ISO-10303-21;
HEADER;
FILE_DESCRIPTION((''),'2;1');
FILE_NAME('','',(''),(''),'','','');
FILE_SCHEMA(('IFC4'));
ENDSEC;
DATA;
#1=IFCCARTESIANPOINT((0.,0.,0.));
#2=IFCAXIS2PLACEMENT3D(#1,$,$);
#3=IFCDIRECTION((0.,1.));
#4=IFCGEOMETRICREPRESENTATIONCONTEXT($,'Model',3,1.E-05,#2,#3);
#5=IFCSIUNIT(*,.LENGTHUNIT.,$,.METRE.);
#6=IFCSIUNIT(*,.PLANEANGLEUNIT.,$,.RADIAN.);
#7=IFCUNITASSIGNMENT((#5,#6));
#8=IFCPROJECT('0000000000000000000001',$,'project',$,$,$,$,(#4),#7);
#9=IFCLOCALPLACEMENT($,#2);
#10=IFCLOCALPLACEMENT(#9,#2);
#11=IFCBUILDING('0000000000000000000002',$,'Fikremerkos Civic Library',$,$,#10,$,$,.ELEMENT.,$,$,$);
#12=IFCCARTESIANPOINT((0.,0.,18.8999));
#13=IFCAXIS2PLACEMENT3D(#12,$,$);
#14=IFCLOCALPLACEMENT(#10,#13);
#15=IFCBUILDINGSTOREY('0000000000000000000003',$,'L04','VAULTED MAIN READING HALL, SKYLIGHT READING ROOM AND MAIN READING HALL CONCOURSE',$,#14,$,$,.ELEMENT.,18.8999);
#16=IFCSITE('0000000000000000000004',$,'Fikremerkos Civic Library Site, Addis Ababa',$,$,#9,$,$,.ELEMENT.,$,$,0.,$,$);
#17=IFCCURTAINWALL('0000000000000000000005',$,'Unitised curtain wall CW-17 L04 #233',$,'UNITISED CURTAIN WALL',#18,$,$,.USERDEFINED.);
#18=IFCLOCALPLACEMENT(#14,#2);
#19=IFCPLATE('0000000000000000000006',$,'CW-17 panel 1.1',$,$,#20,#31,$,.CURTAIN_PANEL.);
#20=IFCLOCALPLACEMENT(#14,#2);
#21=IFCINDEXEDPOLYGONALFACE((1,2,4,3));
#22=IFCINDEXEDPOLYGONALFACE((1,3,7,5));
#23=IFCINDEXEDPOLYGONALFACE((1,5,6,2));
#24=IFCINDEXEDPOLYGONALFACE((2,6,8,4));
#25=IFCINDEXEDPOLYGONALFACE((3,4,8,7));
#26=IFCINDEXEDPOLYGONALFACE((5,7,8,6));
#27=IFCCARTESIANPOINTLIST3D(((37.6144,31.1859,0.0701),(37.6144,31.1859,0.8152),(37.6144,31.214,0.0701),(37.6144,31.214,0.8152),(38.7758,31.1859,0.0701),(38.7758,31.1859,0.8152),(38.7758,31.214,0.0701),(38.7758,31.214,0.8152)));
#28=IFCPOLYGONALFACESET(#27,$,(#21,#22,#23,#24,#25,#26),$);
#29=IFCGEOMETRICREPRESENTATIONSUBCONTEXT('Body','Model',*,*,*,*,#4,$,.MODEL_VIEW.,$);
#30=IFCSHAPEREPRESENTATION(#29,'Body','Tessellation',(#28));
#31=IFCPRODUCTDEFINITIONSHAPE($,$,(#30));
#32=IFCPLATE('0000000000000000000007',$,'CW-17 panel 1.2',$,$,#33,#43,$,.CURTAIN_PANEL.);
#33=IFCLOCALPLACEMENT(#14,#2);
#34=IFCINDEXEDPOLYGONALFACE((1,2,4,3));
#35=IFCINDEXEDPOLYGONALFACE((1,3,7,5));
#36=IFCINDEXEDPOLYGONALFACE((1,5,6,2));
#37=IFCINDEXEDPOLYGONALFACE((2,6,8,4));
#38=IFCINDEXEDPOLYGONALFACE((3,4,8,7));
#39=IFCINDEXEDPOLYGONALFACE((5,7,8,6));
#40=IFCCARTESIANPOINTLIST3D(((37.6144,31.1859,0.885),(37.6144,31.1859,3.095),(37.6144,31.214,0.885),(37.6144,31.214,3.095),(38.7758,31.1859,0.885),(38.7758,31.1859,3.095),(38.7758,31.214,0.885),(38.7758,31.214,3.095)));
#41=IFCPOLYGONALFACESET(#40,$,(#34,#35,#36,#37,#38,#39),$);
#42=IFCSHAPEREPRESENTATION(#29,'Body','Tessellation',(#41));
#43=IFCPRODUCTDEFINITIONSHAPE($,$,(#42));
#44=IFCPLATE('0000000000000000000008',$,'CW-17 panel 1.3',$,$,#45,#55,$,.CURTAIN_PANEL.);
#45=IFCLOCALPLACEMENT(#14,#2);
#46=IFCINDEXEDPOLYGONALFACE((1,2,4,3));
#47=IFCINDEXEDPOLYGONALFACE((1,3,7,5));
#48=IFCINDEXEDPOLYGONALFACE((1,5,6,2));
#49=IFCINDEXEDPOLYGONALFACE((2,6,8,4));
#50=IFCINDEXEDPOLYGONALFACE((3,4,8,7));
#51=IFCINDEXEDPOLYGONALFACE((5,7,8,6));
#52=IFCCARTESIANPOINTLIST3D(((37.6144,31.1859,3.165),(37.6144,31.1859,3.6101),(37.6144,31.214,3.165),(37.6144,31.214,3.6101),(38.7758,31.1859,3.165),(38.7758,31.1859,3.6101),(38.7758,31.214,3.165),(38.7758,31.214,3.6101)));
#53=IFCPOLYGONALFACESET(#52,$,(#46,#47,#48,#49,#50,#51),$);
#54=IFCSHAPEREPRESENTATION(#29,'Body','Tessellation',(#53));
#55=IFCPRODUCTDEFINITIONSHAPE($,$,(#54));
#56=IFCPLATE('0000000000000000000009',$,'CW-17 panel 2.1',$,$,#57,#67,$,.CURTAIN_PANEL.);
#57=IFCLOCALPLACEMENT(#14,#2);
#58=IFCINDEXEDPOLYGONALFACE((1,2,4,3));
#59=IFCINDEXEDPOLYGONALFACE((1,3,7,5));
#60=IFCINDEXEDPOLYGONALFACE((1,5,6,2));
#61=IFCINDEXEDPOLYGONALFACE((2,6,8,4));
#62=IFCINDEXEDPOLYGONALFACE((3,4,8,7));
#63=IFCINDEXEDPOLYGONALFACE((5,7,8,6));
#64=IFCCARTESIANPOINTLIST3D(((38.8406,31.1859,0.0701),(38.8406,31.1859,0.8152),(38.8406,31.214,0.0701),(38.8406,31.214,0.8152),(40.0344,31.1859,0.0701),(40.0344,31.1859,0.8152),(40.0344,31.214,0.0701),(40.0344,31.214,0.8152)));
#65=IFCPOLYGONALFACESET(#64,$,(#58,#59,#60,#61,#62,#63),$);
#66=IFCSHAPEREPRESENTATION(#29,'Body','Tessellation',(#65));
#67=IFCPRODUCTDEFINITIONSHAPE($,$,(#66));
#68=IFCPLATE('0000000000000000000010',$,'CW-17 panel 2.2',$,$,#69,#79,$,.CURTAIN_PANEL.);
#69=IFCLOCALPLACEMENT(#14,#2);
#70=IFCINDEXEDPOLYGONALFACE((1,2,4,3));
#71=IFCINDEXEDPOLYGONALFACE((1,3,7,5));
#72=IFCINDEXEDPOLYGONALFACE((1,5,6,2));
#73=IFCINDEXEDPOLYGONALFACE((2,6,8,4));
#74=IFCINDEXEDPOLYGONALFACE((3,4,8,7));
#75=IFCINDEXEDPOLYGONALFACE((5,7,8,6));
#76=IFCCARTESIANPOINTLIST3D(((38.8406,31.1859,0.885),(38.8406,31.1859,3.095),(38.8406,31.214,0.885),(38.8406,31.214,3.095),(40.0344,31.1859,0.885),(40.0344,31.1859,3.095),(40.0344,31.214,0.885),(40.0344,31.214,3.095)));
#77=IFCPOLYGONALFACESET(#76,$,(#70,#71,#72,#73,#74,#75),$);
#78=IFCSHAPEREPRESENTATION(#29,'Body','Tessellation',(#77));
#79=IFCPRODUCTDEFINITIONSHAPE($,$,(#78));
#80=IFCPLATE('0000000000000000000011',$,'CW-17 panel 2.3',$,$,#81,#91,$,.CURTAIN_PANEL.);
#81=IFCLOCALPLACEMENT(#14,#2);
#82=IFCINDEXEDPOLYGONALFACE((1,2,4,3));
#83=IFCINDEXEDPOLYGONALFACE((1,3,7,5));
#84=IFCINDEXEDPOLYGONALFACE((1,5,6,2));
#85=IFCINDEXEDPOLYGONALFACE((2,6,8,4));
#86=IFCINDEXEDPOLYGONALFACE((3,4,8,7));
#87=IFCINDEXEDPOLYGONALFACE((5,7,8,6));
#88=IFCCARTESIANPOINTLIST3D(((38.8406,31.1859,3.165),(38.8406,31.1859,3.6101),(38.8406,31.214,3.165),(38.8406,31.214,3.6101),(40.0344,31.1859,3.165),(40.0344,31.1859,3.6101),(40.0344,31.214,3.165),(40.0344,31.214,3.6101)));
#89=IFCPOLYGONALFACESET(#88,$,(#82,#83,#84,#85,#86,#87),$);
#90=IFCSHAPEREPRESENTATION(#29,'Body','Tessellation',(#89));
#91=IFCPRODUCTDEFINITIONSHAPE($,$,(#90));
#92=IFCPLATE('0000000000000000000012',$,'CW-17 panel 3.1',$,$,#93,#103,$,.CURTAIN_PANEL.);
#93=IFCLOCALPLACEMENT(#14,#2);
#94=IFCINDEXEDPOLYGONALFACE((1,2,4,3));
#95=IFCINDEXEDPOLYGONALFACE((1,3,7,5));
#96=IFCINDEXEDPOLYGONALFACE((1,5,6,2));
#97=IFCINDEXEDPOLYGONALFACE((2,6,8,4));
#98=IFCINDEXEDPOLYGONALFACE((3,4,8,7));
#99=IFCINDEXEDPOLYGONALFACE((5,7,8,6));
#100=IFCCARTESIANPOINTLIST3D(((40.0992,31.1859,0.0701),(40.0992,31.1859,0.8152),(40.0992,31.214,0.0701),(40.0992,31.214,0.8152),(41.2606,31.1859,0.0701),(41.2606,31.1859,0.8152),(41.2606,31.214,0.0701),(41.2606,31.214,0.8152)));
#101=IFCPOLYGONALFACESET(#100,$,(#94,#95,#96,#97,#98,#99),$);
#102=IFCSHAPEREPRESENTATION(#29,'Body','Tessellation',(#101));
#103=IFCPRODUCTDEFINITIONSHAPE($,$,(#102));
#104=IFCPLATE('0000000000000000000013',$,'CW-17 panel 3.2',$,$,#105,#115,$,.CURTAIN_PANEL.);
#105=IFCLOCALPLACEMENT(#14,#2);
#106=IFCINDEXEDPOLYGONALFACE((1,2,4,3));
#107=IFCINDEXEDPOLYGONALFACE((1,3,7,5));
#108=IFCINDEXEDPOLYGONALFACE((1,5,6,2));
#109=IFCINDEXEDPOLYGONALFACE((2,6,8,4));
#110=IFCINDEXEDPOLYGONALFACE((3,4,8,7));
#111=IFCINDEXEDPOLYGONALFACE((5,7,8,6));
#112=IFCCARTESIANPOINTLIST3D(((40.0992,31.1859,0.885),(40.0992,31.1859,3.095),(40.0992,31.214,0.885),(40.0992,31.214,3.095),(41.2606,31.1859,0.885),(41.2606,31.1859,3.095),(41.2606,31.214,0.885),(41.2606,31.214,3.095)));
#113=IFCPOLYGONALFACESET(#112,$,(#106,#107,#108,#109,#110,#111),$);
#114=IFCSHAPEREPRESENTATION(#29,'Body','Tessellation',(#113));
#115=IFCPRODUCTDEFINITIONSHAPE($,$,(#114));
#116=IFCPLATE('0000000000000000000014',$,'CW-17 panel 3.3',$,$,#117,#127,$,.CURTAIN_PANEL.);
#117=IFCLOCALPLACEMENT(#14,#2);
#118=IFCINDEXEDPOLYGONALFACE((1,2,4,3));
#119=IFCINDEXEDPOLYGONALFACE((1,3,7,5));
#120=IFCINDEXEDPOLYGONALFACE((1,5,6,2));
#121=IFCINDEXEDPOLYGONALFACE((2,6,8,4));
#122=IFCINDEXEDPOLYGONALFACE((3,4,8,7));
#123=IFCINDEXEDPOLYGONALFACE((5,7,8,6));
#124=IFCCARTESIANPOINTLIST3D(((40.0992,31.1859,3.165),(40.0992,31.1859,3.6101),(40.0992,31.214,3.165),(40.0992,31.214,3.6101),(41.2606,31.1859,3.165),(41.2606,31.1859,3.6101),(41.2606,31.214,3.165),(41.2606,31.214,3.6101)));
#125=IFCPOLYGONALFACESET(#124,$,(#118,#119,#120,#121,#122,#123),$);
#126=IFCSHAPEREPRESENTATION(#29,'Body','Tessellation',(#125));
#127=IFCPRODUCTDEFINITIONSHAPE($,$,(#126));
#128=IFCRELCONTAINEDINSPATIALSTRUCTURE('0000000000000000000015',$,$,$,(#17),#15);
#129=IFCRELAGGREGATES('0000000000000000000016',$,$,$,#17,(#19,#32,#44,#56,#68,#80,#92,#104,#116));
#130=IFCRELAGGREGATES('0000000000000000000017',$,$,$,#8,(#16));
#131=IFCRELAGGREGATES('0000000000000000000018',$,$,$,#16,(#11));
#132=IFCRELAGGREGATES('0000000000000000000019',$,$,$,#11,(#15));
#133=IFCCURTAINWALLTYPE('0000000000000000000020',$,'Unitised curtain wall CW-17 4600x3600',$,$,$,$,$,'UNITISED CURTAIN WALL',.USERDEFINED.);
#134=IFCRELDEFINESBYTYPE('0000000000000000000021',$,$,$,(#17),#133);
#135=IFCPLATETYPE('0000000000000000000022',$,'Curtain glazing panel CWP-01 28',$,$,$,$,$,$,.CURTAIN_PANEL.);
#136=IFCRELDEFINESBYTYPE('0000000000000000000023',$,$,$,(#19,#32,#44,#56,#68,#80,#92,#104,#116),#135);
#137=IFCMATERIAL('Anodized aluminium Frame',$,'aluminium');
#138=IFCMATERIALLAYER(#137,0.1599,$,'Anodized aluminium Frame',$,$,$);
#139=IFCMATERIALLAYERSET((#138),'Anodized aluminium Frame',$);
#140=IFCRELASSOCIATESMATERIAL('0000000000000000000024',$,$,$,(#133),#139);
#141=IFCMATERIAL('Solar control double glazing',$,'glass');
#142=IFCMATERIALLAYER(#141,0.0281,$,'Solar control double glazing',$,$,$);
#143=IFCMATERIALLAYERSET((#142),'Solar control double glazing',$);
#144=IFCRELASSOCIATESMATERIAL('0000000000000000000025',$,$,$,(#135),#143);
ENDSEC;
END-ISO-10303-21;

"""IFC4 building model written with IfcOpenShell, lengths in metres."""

from ifc_helpers import new_model, si_unit, direction, frame, origin, origin_2d, place, context, subcontext, project, spatial, rectangle, extrude, material, layer, layer_set, type_object, element, aggregate, save


model = new_model("IFC4")

# Units and contexts
model_context = context("Model", 3, precision=1e-05, world=origin(), true_north=direction((0.0, 1.0)))
body_context = subcontext(model_context, "Body", "Model", "MODEL_VIEW")
ifc_project = project(units=[si_unit("LENGTHUNIT", "METRE"), si_unit("PLANEANGLEUNIT", "RADIAN")], contexts=[model_context])

# Site, building, storey
site_placement = place(None, origin())
site = spatial("IfcSite", under=ifc_project, at=site_placement, Name="Fikremerkos Civic Library Site, Addis Ababa", CompositionType="ELEMENT", RefElevation=0.0)
building_placement = place(site_placement, origin())
building = spatial("IfcBuilding", under=site, at=building_placement, Name="Fikremerkos Civic Library", CompositionType="ELEMENT")
storey_placement = place(building_placement, frame((0.0, 0.0, 18.8999)))
storey = spatial("IfcBuildingStorey", under=building, at=storey_placement, Name="L04", Description="VAULTED MAIN READING HALL, SKYLIGHT READING ROOM AND MAIN READING HALL CONCOURSE", CompositionType="ELEMENT", Elevation=18.8999)

# Curtain wall, plates
ifc_material_1 = material(Name="Anodized aluminium Frame", Category="aluminium")
ifc_layer_1 = layer(ifc_material_1, 0.1599, Name="Anodized aluminium Frame")
ifc_layer_set_1 = layer_set([ifc_layer_1], Name="Anodized aluminium Frame")
curtain_wall_type = type_object("IfcCurtainWallType", Name="Unitised curtain wall CW-17 4600x3600", ElementType="UNITISED CURTAIN WALL", PredefinedType="USERDEFINED", material=ifc_layer_set_1)
curtain_wall_placement = place(storey_placement, origin())
curtain_wall = element("IfcCurtainWall", 1, at=curtain_wall_placement, inside=storey, type_object=curtain_wall_type, Name="Unitised curtain wall CW-17 L04 #233", ObjectType="UNITISED CURTAIN WALL", PredefinedType="USERDEFINED")
ifc_material_2 = material(Name="Solar control double glazing", Category="glass")
ifc_layer_2 = layer(ifc_material_2, 0.0281, Name="Solar control double glazing")
ifc_layer_set_2 = layer_set([ifc_layer_2], Name="Solar control double glazing")
plate_type = type_object("IfcPlateType", Name="Curtain glazing panel CWP-01 28", PredefinedType="CURTAIN_PANEL", material=ifc_layer_set_2)
plate_1_placement = place(storey_placement, frame((38.1951, 31.2, 0.0701), z_axis=(0.0, 0.0, 1.0), x_axis=(1.0, 0.0, 0.0)))
plate_1 = element("IfcPlate", 2, at=plate_1_placement, type_object=plate_type, Name="CW-17 panel 1.1", PredefinedType="CURTAIN_PANEL", context=body_context, shape_type="SweptSolid", body=[
    extrude(rectangle(XDim=1.1614, YDim=0.0281, at=origin_2d()), origin(), (0.0, 0.0, 1.0), 0.7451),
])
plate_2_placement = place(storey_placement, frame((38.1951, 31.2, 0.885), z_axis=(0.0, 0.0, 1.0), x_axis=(1.0, 0.0, 0.0)))
plate_2 = element("IfcPlate", 3, at=plate_2_placement, type_object=plate_type, Name="CW-17 panel 1.2", PredefinedType="CURTAIN_PANEL", context=body_context, shape_type="SweptSolid", body=[
    extrude(rectangle(XDim=1.1614, YDim=0.0281, at=origin_2d()), origin(), (0.0, 0.0, 1.0), 2.21),
])
plate_3_placement = place(storey_placement, frame((38.1951, 31.2, 3.165), z_axis=(0.0, 0.0, 1.0), x_axis=(1.0, 0.0, 0.0)))
plate_3 = element("IfcPlate", 4, at=plate_3_placement, type_object=plate_type, Name="CW-17 panel 1.3", PredefinedType="CURTAIN_PANEL", context=body_context, shape_type="SweptSolid", body=[
    extrude(rectangle(XDim=1.1614, YDim=0.0281, at=origin_2d()), origin(), (0.0, 0.0, 1.0), 0.4451),
])
plate_4_placement = place(storey_placement, frame((39.4375, 31.2, 0.0701), z_axis=(0.0, 0.0, 1.0), x_axis=(1.0, 0.0, 0.0)))
plate_4 = element("IfcPlate", 5, at=plate_4_placement, type_object=plate_type, Name="CW-17 panel 2.1", PredefinedType="CURTAIN_PANEL", context=body_context, shape_type="SweptSolid", body=[
    extrude(rectangle(XDim=1.1938, YDim=0.0281, at=origin_2d()), origin(), (0.0, 0.0, 1.0), 0.7451),
])
plate_5_placement = place(storey_placement, frame((39.4375, 31.2, 0.885), z_axis=(0.0, 0.0, 1.0), x_axis=(1.0, 0.0, 0.0)))
plate_5 = element("IfcPlate", 6, at=plate_5_placement, type_object=plate_type, Name="CW-17 panel 2.2", PredefinedType="CURTAIN_PANEL", context=body_context, shape_type="SweptSolid", body=[
    extrude(rectangle(XDim=1.1938, YDim=0.0281, at=origin_2d()), origin(), (0.0, 0.0, 1.0), 2.21),
])
plate_6_placement = place(storey_placement, frame((39.4375, 31.2, 3.165), z_axis=(0.0, 0.0, 1.0), x_axis=(1.0, 0.0, 0.0)))
plate_6 = element("IfcPlate", 7, at=plate_6_placement, type_object=plate_type, Name="CW-17 panel 2.3", PredefinedType="CURTAIN_PANEL", context=body_context, shape_type="SweptSolid", body=[
    extrude(rectangle(XDim=1.1938, YDim=0.0281, at=origin_2d()), origin(), (0.0, 0.0, 1.0), 0.4451),
])
plate_7_placement = place(storey_placement, frame((40.6799, 31.2, 0.0701), z_axis=(0.0, 0.0, 1.0), x_axis=(1.0, 0.0, 0.0)))
plate_7 = element("IfcPlate", 8, at=plate_7_placement, type_object=plate_type, Name="CW-17 panel 3.1", PredefinedType="CURTAIN_PANEL", context=body_context, shape_type="SweptSolid", body=[
    extrude(rectangle(XDim=1.1614, YDim=0.0281, at=origin_2d()), origin(), (0.0, 0.0, 1.0), 0.7451),
])
plate_8_placement = place(storey_placement, frame((40.6799, 31.2, 0.885), z_axis=(0.0, 0.0, 1.0), x_axis=(1.0, 0.0, 0.0)))
plate_8 = element("IfcPlate", 9, at=plate_8_placement, type_object=plate_type, Name="CW-17 panel 3.2", PredefinedType="CURTAIN_PANEL", context=body_context, shape_type="SweptSolid", body=[
    extrude(rectangle(XDim=1.1614, YDim=0.0281, at=origin_2d()), origin(), (0.0, 0.0, 1.0), 2.21),
])
plate_9_placement = place(storey_placement, frame((40.6799, 31.2, 3.165), z_axis=(0.0, 0.0, 1.0), x_axis=(1.0, 0.0, 0.0)))
plate_9 = element("IfcPlate", 10, at=plate_9_placement, type_object=plate_type, Name="CW-17 panel 3.3", PredefinedType="CURTAIN_PANEL", context=body_context, shape_type="SweptSolid", body=[
    extrude(rectangle(XDim=1.1614, YDim=0.0281, at=origin_2d()), origin(), (0.0, 0.0, 1.0), 0.4451),
])
aggregate(curtain_wall, [plate_1, plate_2, plate_3, plate_4, plate_5, plate_6, plate_7, plate_8, plate_9])

save(model, "model.ifc")
